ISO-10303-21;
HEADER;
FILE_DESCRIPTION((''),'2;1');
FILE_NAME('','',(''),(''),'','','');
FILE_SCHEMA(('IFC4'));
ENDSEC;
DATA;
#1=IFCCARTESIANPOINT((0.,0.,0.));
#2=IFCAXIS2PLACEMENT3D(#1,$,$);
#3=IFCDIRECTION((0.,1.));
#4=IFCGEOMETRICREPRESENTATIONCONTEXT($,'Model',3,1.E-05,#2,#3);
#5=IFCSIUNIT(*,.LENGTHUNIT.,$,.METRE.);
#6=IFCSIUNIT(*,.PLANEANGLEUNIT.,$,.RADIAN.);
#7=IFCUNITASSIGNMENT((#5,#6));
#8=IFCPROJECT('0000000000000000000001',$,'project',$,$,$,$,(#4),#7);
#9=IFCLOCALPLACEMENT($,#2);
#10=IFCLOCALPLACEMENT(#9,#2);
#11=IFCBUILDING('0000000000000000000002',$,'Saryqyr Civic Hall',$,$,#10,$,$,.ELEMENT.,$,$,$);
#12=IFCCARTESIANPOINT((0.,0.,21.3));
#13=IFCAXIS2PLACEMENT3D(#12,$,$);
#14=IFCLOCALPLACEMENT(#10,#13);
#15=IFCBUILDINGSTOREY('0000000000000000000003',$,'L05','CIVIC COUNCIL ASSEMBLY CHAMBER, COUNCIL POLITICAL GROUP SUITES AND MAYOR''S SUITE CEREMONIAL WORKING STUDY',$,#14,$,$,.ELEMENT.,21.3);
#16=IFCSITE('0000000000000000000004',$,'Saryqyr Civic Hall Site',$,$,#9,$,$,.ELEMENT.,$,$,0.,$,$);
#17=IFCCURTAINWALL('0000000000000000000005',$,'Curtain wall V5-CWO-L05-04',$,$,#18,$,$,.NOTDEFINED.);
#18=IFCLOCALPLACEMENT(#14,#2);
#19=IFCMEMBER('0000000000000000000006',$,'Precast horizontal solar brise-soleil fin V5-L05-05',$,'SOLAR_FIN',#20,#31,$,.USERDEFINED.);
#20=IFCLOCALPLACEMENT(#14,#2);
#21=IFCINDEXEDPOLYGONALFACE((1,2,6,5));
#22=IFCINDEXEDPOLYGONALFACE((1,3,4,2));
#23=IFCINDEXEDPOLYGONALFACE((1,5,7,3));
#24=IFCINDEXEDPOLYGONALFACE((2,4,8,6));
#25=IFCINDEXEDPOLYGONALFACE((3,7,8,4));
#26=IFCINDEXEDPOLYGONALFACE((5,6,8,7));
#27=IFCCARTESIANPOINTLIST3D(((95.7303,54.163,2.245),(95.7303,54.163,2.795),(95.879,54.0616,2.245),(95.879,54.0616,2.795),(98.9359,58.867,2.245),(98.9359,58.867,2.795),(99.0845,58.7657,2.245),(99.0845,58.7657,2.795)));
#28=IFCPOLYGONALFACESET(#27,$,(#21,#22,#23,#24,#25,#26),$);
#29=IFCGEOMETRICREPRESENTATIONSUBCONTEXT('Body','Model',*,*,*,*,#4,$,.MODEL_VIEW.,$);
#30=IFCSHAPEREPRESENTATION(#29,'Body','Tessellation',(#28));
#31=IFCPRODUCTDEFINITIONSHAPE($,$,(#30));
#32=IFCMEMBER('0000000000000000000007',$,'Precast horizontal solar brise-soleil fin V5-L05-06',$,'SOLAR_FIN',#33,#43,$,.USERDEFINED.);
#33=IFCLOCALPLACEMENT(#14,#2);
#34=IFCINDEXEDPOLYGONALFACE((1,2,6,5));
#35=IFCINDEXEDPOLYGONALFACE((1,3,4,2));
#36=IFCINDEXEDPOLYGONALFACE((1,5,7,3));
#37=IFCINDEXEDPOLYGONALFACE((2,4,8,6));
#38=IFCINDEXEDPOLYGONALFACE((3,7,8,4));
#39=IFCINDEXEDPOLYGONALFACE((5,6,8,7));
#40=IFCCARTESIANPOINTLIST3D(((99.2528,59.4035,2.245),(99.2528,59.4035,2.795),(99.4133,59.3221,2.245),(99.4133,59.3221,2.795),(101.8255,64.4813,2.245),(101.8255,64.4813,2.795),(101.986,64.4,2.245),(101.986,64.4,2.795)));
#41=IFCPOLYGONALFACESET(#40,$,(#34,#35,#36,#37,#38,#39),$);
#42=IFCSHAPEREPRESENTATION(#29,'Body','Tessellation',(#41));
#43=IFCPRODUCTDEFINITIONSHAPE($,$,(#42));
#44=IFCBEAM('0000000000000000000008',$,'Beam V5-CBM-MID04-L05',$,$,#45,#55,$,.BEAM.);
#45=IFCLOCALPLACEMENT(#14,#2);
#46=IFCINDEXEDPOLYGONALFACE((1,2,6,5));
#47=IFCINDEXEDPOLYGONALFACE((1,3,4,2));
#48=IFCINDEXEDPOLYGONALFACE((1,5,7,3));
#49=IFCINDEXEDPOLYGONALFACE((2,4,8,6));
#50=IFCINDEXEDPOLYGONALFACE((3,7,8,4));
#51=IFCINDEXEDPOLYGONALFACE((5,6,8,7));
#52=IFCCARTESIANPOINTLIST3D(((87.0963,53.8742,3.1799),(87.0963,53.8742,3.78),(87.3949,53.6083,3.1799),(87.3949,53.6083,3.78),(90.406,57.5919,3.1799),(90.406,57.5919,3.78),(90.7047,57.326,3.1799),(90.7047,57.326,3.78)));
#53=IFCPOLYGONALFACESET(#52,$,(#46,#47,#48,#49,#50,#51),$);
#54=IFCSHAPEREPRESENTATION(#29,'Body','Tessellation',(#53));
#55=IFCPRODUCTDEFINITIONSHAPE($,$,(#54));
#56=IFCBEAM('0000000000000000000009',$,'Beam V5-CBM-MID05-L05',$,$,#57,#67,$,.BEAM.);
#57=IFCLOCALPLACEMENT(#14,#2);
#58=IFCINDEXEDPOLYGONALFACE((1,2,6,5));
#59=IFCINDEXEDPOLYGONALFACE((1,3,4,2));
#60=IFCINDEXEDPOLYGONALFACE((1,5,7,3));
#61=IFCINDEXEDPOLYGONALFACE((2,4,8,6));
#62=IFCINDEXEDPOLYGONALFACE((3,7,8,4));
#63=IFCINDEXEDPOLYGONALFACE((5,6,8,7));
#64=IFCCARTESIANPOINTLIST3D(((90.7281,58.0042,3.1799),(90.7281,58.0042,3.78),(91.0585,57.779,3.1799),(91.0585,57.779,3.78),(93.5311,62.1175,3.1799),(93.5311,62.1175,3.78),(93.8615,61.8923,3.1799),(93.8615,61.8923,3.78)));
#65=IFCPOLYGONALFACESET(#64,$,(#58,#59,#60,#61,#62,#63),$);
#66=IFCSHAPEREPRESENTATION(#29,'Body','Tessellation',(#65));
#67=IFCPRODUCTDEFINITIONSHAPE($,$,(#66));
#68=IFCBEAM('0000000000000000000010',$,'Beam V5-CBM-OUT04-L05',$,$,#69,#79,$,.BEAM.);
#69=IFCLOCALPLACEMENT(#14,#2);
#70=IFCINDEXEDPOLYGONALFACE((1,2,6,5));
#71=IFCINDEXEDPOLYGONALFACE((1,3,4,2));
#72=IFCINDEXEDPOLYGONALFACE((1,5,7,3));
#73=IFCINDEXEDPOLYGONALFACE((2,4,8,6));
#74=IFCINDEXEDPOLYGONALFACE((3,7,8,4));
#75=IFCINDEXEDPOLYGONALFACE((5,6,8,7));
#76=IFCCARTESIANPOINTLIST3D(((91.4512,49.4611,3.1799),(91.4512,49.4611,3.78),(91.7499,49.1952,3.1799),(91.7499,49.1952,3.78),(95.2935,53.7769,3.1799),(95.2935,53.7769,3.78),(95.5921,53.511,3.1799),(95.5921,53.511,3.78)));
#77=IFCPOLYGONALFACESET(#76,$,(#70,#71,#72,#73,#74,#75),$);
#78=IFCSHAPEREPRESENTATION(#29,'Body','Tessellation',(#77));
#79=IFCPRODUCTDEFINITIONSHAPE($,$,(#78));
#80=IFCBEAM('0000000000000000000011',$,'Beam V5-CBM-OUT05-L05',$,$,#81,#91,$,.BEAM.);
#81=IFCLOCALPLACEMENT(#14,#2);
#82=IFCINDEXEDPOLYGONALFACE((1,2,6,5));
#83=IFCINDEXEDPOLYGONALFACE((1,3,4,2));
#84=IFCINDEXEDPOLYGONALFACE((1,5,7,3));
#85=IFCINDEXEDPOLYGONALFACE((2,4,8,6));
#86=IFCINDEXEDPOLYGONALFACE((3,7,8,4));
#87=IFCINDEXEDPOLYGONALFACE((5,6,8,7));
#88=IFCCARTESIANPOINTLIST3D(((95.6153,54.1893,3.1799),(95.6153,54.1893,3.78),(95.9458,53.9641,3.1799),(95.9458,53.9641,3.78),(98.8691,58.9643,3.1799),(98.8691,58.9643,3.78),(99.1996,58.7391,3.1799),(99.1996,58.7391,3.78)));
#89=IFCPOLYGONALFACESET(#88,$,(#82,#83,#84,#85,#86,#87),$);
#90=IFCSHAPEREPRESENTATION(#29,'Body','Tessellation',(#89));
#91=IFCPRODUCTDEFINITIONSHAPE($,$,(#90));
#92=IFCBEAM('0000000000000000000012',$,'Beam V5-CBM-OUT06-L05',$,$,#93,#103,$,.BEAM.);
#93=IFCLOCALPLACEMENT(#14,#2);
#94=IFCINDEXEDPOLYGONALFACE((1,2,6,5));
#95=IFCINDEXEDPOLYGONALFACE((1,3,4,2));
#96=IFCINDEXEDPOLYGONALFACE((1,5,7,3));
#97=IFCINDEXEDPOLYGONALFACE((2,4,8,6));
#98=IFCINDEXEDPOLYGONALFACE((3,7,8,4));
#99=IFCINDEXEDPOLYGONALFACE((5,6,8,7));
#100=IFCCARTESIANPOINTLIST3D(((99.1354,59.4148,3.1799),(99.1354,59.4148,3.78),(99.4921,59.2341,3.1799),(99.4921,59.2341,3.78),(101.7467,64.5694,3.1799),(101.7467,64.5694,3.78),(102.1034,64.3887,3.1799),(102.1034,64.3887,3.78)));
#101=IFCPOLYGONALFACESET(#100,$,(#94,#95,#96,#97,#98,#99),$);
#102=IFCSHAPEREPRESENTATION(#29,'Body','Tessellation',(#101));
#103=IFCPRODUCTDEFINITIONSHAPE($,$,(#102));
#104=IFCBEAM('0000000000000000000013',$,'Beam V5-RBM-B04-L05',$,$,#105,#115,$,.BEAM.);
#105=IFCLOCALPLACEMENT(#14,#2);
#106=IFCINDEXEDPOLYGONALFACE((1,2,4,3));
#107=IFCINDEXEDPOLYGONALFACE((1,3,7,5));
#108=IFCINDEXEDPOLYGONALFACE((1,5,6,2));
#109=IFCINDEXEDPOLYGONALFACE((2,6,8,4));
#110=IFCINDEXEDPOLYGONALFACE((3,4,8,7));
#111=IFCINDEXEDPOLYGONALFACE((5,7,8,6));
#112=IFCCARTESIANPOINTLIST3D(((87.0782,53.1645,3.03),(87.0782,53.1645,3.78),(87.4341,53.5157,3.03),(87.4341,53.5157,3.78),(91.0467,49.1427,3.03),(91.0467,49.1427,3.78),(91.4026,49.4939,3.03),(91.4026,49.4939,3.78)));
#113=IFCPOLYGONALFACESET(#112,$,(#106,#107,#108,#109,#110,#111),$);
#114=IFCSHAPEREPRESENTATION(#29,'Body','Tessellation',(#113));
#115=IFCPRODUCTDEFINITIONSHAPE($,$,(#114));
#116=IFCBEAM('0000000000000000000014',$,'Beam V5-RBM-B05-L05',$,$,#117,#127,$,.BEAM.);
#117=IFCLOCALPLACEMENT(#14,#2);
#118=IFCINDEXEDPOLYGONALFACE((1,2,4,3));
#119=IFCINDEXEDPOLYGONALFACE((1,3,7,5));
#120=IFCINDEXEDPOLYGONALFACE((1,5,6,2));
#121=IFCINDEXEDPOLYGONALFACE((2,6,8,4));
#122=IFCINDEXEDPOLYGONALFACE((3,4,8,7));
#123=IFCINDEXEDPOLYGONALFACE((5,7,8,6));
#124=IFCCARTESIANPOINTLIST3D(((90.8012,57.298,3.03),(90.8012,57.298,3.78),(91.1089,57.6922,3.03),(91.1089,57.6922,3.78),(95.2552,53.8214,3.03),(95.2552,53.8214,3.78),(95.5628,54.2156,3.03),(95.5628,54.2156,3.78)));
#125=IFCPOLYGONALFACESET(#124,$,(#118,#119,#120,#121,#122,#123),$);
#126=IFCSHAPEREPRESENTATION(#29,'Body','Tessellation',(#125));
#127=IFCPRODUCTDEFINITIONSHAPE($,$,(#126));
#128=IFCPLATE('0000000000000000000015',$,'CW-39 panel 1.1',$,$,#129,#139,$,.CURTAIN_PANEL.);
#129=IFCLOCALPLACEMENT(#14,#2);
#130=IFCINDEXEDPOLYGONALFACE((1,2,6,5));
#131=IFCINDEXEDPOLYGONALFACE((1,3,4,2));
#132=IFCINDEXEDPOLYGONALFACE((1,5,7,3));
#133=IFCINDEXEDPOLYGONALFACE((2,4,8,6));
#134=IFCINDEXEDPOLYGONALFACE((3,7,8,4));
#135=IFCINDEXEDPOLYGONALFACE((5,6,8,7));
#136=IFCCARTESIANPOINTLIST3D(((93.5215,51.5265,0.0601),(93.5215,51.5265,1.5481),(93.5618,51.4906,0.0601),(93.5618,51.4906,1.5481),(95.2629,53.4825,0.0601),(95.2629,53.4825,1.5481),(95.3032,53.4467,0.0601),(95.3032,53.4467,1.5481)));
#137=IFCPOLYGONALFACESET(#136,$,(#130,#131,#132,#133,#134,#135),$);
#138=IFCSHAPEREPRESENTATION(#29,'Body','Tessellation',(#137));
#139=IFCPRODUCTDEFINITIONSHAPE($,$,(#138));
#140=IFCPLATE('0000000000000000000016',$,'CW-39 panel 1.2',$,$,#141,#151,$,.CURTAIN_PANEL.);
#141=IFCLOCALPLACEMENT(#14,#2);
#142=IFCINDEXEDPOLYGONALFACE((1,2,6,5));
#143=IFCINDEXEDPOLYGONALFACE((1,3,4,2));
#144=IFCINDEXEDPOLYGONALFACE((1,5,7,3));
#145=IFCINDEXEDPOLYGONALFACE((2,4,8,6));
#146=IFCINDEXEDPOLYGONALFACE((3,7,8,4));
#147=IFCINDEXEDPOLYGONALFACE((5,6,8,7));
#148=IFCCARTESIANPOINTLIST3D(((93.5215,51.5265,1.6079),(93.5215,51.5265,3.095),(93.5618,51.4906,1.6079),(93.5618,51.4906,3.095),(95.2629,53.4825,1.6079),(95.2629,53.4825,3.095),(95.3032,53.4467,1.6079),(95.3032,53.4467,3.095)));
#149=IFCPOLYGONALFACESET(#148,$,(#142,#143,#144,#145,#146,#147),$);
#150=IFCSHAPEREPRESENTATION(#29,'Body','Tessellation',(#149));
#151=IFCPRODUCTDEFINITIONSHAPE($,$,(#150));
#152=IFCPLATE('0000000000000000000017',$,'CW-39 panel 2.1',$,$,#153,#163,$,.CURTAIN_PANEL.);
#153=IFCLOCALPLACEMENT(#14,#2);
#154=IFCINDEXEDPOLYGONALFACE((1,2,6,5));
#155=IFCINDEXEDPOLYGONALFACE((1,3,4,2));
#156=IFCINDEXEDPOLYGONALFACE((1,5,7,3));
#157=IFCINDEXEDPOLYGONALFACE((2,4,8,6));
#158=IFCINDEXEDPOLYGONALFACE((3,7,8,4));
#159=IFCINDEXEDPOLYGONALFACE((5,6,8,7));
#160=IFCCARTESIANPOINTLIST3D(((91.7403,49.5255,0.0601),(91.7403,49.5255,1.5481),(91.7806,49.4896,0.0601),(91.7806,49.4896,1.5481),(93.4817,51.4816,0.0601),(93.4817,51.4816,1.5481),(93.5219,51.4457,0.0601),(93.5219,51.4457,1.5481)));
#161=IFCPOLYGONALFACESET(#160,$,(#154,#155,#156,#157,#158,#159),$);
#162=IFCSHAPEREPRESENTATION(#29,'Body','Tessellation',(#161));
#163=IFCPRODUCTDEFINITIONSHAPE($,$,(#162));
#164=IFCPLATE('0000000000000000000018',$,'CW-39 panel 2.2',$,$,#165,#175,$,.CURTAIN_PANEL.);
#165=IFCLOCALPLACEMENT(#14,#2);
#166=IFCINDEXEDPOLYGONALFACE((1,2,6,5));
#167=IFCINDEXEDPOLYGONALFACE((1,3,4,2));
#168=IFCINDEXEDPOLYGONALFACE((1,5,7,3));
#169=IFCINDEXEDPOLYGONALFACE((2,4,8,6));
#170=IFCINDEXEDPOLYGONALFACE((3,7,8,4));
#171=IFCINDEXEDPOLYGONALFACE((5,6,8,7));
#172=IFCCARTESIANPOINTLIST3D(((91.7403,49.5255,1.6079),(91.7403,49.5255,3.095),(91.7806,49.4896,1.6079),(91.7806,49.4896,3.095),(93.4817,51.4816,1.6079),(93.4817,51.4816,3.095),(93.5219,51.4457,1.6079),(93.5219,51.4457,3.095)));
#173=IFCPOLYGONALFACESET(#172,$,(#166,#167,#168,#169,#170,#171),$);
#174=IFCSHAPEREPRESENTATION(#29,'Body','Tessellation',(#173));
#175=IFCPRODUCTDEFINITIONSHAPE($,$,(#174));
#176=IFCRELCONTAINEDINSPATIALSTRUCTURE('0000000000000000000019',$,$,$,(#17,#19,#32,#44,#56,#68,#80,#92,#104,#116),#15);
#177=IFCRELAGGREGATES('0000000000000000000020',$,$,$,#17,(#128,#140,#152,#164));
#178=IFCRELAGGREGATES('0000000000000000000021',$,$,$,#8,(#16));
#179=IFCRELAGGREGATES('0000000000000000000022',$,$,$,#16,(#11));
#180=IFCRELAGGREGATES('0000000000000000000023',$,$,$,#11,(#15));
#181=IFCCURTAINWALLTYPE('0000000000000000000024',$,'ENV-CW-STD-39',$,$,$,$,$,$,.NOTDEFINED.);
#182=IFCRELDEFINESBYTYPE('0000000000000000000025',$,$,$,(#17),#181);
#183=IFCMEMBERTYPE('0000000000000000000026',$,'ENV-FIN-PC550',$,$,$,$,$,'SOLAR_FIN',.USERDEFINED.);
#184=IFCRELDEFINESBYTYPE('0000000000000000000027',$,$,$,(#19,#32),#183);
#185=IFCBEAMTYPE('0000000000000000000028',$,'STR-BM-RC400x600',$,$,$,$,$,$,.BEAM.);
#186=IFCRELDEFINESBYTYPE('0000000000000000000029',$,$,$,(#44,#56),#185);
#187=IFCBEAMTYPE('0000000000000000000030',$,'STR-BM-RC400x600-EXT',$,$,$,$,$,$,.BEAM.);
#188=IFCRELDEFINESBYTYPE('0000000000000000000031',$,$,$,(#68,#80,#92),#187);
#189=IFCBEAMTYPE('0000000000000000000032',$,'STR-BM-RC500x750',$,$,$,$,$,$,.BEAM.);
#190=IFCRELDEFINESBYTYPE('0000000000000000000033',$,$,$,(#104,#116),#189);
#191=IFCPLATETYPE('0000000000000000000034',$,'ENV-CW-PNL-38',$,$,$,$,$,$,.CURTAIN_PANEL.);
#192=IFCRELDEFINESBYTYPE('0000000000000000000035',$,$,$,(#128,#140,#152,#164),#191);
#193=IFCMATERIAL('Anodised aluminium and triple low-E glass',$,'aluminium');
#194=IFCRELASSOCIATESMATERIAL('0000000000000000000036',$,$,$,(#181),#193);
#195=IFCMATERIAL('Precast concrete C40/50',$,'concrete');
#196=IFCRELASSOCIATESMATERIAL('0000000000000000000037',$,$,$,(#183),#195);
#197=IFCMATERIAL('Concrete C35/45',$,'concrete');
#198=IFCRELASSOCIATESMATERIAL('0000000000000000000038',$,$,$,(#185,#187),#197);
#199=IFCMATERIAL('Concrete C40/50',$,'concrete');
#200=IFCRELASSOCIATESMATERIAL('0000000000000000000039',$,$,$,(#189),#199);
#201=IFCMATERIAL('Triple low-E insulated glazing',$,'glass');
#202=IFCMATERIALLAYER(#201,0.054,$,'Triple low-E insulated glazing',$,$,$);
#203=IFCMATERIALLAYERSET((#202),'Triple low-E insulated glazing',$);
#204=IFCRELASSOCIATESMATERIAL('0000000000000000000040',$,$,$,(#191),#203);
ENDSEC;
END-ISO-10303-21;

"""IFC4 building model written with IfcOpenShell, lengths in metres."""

from ifc_helpers import new_model, si_unit, direction, frame, origin, origin_2d, place, context, subcontext, project, spatial, rectangle, extrude, material, layer, layer_set, material_profile, profile_set, type_object, element, aggregate, save


model = new_model("IFC4")

# Units and contexts
model_context = context("Model", 3, precision=1e-05, world=origin(), true_north=direction((0.0, 1.0)))
body_context = subcontext(model_context, "Body", "Model", "MODEL_VIEW")
ifc_project = project(units=[si_unit("LENGTHUNIT", "METRE"), si_unit("PLANEANGLEUNIT", "RADIAN")], contexts=[model_context])

# Site, building, storey
site_placement = place(None, origin())
site = spatial("IfcSite", under=ifc_project, at=site_placement, Name="Saryqyr Civic Hall Site", CompositionType="ELEMENT", RefElevation=0.0)
building_placement = place(site_placement, origin())
building = spatial("IfcBuilding", under=site, at=building_placement, Name="Saryqyr Civic Hall", CompositionType="ELEMENT")
storey_placement = place(building_placement, frame((0.0, 0.0, 21.3)))
storey = spatial("IfcBuildingStorey", under=building, at=storey_placement, Name="L05", Description="CIVIC COUNCIL ASSEMBLY CHAMBER, COUNCIL POLITICAL GROUP SUITES AND MAYOR'S SUITE CEREMONIAL WORKING STUDY", CompositionType="ELEMENT", Elevation=21.3)

# Shared definitions
ifc_material_1 = material(Name="Concrete C40/50", Category="concrete")

# Curtain wall
ifc_material_2 = material(Name="Anodised aluminium and triple low-E glass", Category="aluminium")
curtain_wall_type = type_object("IfcCurtainWallType", Name="ENV-CW-STD-39", PredefinedType="NOTDEFINED", material=ifc_material_2)
curtain_wall_placement = place(storey_placement, origin())
curtain_wall = element("IfcCurtainWall", 1, at=curtain_wall_placement, inside=storey, type_object=curtain_wall_type, Name="Curtain wall V5-CWO-L05-04", PredefinedType="NOTDEFINED")

# Members
ifc_material_3 = material(Name="Precast concrete C40/50", Category="concrete")
ifc_material_profile_1 = material_profile(ifc_material_3, rectangle(XDim=0.1799, YDim=0.55, at=origin_2d()), Name="PC FIN 180x550")
ifc_profile_set_1 = profile_set([ifc_material_profile_1], Name="Precast concrete C40/50")
member_type_1 = type_object("IfcMemberType", Name="ENV-FIN-PC550", ElementType="SOLAR_FIN", PredefinedType="USERDEFINED", material=ifc_profile_set_1)
for number, where, z_axis, x_axis, name in (
    (2, (95.8047, 54.1123, 2.52), (0.563124, 0.826372, 0.0), (-0.826372, 0.563124, 0.0), "Precast horizontal solar brise-soleil fin V5-L05-05"),
    (3, (99.333, 59.3628, 2.52), (0.451959, 0.892039, 0.0), (-0.892039, 0.451959, 0.0), "Precast horizontal solar brise-soleil fin V5-L05-06"),
):
    element("IfcMember", number, at=place(storey_placement, frame(where, z_axis=z_axis, x_axis=x_axis)), inside=storey, type_object=member_type_1, Name=name, ObjectType="SOLAR_FIN", PredefinedType="USERDEFINED", context=body_context, shape_type="SweptSolid", body=[
        extrude(rectangle(XDim=0.1799, YDim=0.55, at=origin_2d()), origin(), (0.0, 0.0, 1.0), 5.6924),
    ])

# Beams
ifc_material_4 = material(Name="Concrete C35/45", Category="concrete")
ifc_material_profile_2 = material_profile(ifc_material_4, rectangle(XDim=0.3999, YDim=0.6001, at=origin_2d()), Name="RC 400x600")
ifc_profile_set_2 = profile_set([ifc_material_profile_2], Name="Concrete C35/45")
beam_type_1 = type_object("IfcBeamType", Name="STR-BM-RC400x600", PredefinedType="BEAM", material=ifc_profile_set_2)
for number, where, z_axis, x_axis, name in (
    (4, (87.2456, 53.7412, 3.48), (0.664939, 0.746898, 0.0), (-0.746898, 0.664939, 0.0), "Beam V5-CBM-MID04-L05"),
    (5, (90.8933, 57.8916, 3.48), (0.563127, 0.826371, 0.0), (-0.826371, 0.563127, 0.0), "Beam V5-CBM-MID05-L05"),
):
    element("IfcBeam", number, at=place(storey_placement, frame(where, z_axis=z_axis, x_axis=x_axis)), inside=storey, type_object=beam_type_1, Name=name, PredefinedType="BEAM", context=body_context, shape_type="SweptSolid", body=[
        extrude(rectangle(XDim=0.3999, YDim=0.6001, at=origin_2d()), origin(), (0.0, 0.0, 1.0), 4.9775),
    ])
ifc_material_profile_3 = material_profile(ifc_material_4, rectangle(XDim=0.3999, YDim=0.6001, at=origin_2d()), Name="RC 400x600")
ifc_profile_set_3 = profile_set([ifc_material_profile_3], Name="Concrete C35/45")
beam_type_2 = type_object("IfcBeamType", Name="STR-BM-RC400x600-EXT", PredefinedType="BEAM", material=ifc_profile_set_3)
for number, where, z_axis, x_axis, name in (
    (6, (91.6006, 49.3281, 3.48), (0.664935, 0.746901, 0.0), (-0.746901, 0.664935, 0.0), "Beam V5-CBM-OUT04-L05"),
    (7, (95.7805, 54.0767, 3.48), (0.563115, 0.826378, 0.0), (-0.826378, 0.563115, 0.0), "Beam V5-CBM-OUT05-L05"),
    (8, (99.3137, 59.3245, 3.48), (0.451923, 0.892057, 0.0), (-0.892057, 0.451923, 0.0), "Beam V5-CBM-OUT06-L05"),
):
    element("IfcBeam", number, at=place(storey_placement, frame(where, z_axis=z_axis, x_axis=x_axis)), inside=storey, type_object=beam_type_2, Name=name, PredefinedType="BEAM", context=body_context, shape_type="SweptSolid", body=[
        extrude(rectangle(XDim=0.3999, YDim=0.6001, at=origin_2d()), origin(), (0.0, 0.0, 1.0), 5.7783),
    ])
ifc_material_profile_4 = material_profile(ifc_material_1, rectangle(XDim=0.5, YDim=0.75, at=origin_2d()), Name="RC 500x750")
ifc_profile_set_4 = profile_set([ifc_material_profile_4], Name="Concrete C40/50")
beam_type_3 = type_object("IfcBeamType", Name="STR-BM-RC500x750", PredefinedType="BEAM", material=ifc_profile_set_4)
for number, where, z_axis, x_axis, name in (
    (9, (87.2561, 53.3401, 3.405), (0.702381, -0.711801, 0.0), (0.711801, 0.702381, 0.0), "Beam V5-RBM-B04-L05"),
    (10, (90.9551, 57.4951, 3.405), (0.788283, -0.615313, 0.0), (0.615313, 0.788283, 0.0), "Beam V5-RBM-B05-L05"),
):
    element("IfcBeam", number, at=place(storey_placement, frame(where, z_axis=z_axis, x_axis=x_axis)), inside=storey, type_object=beam_type_3, Name=name, PredefinedType="BEAM", context=body_context, shape_type="SweptSolid", body=[
        extrude(rectangle(XDim=0.5, YDim=0.75, at=origin_2d()), origin(), (0.0, 0.0, 1.0), 5.6501),
    ])

# Plates
ifc_material_5 = material(Name="Triple low-E insulated glazing", Category="glass")
ifc_layer_1 = layer(ifc_material_5, 0.054, Name="Triple low-E insulated glazing")
ifc_layer_set_1 = layer_set([ifc_layer_1], Name="Triple low-E insulated glazing")
plate_type = type_object("IfcPlateType", Name="ENV-CW-PNL-38", PredefinedType="CURTAIN_PANEL", material=ifc_layer_set_1)
plate_1_placement = place(storey_placement, frame((94.4124, 52.4866, 0.0601), z_axis=(0.0, 0.0, 1.0), x_axis=(-0.664934, -0.746902, 0.0)))
plate_1 = element("IfcPlate", 11, at=plate_1_placement, type_object=plate_type, Name="CW-39 panel 1.1", PredefinedType="CURTAIN_PANEL", context=body_context, shape_type="SweptSolid", body=[
    extrude(rectangle(XDim=2.6189, YDim=0.054, at=origin_2d()), origin(), (0.0, 0.0, 1.0), 1.488),
])
plate_2_placement = place(storey_placement, frame((94.4124, 52.4866, 1.6079), z_axis=(0.0, 0.0, 1.0), x_axis=(-0.664934, -0.746902, 0.0)))
plate_2 = element("IfcPlate", 12, at=plate_2_placement, type_object=plate_type, Name="CW-39 panel 1.2", PredefinedType="CURTAIN_PANEL", context=body_context, shape_type="SweptSolid", body=[
    extrude(rectangle(XDim=2.6189, YDim=0.054, at=origin_2d()), origin(), (0.0, 0.0, 1.0), 1.4871),
])
plate_3_placement = place(storey_placement, frame((92.6311, 50.4856, 0.0601), z_axis=(0.0, 0.0, 1.0), x_axis=(-0.664934, -0.746902, 0.0)))
plate_3 = element("IfcPlate", 13, at=plate_3_placement, type_object=plate_type, Name="CW-39 panel 2.1", PredefinedType="CURTAIN_PANEL", context=body_context, shape_type="SweptSolid", body=[
    extrude(rectangle(XDim=2.6189, YDim=0.054, at=origin_2d()), origin(), (0.0, 0.0, 1.0), 1.488),
])
plate_4_placement = place(storey_placement, frame((92.6311, 50.4856, 1.6079), z_axis=(0.0, 0.0, 1.0), x_axis=(-0.664934, -0.746902, 0.0)))
plate_4 = element("IfcPlate", 14, at=plate_4_placement, type_object=plate_type, Name="CW-39 panel 2.2", PredefinedType="CURTAIN_PANEL", context=body_context, shape_type="SweptSolid", body=[
    extrude(rectangle(XDim=2.6189, YDim=0.054, at=origin_2d()), origin(), (0.0, 0.0, 1.0), 1.4871),
])
aggregate(curtain_wall, [plate_1, plate_2, plate_3, plate_4])

save(model, "model.ifc")
